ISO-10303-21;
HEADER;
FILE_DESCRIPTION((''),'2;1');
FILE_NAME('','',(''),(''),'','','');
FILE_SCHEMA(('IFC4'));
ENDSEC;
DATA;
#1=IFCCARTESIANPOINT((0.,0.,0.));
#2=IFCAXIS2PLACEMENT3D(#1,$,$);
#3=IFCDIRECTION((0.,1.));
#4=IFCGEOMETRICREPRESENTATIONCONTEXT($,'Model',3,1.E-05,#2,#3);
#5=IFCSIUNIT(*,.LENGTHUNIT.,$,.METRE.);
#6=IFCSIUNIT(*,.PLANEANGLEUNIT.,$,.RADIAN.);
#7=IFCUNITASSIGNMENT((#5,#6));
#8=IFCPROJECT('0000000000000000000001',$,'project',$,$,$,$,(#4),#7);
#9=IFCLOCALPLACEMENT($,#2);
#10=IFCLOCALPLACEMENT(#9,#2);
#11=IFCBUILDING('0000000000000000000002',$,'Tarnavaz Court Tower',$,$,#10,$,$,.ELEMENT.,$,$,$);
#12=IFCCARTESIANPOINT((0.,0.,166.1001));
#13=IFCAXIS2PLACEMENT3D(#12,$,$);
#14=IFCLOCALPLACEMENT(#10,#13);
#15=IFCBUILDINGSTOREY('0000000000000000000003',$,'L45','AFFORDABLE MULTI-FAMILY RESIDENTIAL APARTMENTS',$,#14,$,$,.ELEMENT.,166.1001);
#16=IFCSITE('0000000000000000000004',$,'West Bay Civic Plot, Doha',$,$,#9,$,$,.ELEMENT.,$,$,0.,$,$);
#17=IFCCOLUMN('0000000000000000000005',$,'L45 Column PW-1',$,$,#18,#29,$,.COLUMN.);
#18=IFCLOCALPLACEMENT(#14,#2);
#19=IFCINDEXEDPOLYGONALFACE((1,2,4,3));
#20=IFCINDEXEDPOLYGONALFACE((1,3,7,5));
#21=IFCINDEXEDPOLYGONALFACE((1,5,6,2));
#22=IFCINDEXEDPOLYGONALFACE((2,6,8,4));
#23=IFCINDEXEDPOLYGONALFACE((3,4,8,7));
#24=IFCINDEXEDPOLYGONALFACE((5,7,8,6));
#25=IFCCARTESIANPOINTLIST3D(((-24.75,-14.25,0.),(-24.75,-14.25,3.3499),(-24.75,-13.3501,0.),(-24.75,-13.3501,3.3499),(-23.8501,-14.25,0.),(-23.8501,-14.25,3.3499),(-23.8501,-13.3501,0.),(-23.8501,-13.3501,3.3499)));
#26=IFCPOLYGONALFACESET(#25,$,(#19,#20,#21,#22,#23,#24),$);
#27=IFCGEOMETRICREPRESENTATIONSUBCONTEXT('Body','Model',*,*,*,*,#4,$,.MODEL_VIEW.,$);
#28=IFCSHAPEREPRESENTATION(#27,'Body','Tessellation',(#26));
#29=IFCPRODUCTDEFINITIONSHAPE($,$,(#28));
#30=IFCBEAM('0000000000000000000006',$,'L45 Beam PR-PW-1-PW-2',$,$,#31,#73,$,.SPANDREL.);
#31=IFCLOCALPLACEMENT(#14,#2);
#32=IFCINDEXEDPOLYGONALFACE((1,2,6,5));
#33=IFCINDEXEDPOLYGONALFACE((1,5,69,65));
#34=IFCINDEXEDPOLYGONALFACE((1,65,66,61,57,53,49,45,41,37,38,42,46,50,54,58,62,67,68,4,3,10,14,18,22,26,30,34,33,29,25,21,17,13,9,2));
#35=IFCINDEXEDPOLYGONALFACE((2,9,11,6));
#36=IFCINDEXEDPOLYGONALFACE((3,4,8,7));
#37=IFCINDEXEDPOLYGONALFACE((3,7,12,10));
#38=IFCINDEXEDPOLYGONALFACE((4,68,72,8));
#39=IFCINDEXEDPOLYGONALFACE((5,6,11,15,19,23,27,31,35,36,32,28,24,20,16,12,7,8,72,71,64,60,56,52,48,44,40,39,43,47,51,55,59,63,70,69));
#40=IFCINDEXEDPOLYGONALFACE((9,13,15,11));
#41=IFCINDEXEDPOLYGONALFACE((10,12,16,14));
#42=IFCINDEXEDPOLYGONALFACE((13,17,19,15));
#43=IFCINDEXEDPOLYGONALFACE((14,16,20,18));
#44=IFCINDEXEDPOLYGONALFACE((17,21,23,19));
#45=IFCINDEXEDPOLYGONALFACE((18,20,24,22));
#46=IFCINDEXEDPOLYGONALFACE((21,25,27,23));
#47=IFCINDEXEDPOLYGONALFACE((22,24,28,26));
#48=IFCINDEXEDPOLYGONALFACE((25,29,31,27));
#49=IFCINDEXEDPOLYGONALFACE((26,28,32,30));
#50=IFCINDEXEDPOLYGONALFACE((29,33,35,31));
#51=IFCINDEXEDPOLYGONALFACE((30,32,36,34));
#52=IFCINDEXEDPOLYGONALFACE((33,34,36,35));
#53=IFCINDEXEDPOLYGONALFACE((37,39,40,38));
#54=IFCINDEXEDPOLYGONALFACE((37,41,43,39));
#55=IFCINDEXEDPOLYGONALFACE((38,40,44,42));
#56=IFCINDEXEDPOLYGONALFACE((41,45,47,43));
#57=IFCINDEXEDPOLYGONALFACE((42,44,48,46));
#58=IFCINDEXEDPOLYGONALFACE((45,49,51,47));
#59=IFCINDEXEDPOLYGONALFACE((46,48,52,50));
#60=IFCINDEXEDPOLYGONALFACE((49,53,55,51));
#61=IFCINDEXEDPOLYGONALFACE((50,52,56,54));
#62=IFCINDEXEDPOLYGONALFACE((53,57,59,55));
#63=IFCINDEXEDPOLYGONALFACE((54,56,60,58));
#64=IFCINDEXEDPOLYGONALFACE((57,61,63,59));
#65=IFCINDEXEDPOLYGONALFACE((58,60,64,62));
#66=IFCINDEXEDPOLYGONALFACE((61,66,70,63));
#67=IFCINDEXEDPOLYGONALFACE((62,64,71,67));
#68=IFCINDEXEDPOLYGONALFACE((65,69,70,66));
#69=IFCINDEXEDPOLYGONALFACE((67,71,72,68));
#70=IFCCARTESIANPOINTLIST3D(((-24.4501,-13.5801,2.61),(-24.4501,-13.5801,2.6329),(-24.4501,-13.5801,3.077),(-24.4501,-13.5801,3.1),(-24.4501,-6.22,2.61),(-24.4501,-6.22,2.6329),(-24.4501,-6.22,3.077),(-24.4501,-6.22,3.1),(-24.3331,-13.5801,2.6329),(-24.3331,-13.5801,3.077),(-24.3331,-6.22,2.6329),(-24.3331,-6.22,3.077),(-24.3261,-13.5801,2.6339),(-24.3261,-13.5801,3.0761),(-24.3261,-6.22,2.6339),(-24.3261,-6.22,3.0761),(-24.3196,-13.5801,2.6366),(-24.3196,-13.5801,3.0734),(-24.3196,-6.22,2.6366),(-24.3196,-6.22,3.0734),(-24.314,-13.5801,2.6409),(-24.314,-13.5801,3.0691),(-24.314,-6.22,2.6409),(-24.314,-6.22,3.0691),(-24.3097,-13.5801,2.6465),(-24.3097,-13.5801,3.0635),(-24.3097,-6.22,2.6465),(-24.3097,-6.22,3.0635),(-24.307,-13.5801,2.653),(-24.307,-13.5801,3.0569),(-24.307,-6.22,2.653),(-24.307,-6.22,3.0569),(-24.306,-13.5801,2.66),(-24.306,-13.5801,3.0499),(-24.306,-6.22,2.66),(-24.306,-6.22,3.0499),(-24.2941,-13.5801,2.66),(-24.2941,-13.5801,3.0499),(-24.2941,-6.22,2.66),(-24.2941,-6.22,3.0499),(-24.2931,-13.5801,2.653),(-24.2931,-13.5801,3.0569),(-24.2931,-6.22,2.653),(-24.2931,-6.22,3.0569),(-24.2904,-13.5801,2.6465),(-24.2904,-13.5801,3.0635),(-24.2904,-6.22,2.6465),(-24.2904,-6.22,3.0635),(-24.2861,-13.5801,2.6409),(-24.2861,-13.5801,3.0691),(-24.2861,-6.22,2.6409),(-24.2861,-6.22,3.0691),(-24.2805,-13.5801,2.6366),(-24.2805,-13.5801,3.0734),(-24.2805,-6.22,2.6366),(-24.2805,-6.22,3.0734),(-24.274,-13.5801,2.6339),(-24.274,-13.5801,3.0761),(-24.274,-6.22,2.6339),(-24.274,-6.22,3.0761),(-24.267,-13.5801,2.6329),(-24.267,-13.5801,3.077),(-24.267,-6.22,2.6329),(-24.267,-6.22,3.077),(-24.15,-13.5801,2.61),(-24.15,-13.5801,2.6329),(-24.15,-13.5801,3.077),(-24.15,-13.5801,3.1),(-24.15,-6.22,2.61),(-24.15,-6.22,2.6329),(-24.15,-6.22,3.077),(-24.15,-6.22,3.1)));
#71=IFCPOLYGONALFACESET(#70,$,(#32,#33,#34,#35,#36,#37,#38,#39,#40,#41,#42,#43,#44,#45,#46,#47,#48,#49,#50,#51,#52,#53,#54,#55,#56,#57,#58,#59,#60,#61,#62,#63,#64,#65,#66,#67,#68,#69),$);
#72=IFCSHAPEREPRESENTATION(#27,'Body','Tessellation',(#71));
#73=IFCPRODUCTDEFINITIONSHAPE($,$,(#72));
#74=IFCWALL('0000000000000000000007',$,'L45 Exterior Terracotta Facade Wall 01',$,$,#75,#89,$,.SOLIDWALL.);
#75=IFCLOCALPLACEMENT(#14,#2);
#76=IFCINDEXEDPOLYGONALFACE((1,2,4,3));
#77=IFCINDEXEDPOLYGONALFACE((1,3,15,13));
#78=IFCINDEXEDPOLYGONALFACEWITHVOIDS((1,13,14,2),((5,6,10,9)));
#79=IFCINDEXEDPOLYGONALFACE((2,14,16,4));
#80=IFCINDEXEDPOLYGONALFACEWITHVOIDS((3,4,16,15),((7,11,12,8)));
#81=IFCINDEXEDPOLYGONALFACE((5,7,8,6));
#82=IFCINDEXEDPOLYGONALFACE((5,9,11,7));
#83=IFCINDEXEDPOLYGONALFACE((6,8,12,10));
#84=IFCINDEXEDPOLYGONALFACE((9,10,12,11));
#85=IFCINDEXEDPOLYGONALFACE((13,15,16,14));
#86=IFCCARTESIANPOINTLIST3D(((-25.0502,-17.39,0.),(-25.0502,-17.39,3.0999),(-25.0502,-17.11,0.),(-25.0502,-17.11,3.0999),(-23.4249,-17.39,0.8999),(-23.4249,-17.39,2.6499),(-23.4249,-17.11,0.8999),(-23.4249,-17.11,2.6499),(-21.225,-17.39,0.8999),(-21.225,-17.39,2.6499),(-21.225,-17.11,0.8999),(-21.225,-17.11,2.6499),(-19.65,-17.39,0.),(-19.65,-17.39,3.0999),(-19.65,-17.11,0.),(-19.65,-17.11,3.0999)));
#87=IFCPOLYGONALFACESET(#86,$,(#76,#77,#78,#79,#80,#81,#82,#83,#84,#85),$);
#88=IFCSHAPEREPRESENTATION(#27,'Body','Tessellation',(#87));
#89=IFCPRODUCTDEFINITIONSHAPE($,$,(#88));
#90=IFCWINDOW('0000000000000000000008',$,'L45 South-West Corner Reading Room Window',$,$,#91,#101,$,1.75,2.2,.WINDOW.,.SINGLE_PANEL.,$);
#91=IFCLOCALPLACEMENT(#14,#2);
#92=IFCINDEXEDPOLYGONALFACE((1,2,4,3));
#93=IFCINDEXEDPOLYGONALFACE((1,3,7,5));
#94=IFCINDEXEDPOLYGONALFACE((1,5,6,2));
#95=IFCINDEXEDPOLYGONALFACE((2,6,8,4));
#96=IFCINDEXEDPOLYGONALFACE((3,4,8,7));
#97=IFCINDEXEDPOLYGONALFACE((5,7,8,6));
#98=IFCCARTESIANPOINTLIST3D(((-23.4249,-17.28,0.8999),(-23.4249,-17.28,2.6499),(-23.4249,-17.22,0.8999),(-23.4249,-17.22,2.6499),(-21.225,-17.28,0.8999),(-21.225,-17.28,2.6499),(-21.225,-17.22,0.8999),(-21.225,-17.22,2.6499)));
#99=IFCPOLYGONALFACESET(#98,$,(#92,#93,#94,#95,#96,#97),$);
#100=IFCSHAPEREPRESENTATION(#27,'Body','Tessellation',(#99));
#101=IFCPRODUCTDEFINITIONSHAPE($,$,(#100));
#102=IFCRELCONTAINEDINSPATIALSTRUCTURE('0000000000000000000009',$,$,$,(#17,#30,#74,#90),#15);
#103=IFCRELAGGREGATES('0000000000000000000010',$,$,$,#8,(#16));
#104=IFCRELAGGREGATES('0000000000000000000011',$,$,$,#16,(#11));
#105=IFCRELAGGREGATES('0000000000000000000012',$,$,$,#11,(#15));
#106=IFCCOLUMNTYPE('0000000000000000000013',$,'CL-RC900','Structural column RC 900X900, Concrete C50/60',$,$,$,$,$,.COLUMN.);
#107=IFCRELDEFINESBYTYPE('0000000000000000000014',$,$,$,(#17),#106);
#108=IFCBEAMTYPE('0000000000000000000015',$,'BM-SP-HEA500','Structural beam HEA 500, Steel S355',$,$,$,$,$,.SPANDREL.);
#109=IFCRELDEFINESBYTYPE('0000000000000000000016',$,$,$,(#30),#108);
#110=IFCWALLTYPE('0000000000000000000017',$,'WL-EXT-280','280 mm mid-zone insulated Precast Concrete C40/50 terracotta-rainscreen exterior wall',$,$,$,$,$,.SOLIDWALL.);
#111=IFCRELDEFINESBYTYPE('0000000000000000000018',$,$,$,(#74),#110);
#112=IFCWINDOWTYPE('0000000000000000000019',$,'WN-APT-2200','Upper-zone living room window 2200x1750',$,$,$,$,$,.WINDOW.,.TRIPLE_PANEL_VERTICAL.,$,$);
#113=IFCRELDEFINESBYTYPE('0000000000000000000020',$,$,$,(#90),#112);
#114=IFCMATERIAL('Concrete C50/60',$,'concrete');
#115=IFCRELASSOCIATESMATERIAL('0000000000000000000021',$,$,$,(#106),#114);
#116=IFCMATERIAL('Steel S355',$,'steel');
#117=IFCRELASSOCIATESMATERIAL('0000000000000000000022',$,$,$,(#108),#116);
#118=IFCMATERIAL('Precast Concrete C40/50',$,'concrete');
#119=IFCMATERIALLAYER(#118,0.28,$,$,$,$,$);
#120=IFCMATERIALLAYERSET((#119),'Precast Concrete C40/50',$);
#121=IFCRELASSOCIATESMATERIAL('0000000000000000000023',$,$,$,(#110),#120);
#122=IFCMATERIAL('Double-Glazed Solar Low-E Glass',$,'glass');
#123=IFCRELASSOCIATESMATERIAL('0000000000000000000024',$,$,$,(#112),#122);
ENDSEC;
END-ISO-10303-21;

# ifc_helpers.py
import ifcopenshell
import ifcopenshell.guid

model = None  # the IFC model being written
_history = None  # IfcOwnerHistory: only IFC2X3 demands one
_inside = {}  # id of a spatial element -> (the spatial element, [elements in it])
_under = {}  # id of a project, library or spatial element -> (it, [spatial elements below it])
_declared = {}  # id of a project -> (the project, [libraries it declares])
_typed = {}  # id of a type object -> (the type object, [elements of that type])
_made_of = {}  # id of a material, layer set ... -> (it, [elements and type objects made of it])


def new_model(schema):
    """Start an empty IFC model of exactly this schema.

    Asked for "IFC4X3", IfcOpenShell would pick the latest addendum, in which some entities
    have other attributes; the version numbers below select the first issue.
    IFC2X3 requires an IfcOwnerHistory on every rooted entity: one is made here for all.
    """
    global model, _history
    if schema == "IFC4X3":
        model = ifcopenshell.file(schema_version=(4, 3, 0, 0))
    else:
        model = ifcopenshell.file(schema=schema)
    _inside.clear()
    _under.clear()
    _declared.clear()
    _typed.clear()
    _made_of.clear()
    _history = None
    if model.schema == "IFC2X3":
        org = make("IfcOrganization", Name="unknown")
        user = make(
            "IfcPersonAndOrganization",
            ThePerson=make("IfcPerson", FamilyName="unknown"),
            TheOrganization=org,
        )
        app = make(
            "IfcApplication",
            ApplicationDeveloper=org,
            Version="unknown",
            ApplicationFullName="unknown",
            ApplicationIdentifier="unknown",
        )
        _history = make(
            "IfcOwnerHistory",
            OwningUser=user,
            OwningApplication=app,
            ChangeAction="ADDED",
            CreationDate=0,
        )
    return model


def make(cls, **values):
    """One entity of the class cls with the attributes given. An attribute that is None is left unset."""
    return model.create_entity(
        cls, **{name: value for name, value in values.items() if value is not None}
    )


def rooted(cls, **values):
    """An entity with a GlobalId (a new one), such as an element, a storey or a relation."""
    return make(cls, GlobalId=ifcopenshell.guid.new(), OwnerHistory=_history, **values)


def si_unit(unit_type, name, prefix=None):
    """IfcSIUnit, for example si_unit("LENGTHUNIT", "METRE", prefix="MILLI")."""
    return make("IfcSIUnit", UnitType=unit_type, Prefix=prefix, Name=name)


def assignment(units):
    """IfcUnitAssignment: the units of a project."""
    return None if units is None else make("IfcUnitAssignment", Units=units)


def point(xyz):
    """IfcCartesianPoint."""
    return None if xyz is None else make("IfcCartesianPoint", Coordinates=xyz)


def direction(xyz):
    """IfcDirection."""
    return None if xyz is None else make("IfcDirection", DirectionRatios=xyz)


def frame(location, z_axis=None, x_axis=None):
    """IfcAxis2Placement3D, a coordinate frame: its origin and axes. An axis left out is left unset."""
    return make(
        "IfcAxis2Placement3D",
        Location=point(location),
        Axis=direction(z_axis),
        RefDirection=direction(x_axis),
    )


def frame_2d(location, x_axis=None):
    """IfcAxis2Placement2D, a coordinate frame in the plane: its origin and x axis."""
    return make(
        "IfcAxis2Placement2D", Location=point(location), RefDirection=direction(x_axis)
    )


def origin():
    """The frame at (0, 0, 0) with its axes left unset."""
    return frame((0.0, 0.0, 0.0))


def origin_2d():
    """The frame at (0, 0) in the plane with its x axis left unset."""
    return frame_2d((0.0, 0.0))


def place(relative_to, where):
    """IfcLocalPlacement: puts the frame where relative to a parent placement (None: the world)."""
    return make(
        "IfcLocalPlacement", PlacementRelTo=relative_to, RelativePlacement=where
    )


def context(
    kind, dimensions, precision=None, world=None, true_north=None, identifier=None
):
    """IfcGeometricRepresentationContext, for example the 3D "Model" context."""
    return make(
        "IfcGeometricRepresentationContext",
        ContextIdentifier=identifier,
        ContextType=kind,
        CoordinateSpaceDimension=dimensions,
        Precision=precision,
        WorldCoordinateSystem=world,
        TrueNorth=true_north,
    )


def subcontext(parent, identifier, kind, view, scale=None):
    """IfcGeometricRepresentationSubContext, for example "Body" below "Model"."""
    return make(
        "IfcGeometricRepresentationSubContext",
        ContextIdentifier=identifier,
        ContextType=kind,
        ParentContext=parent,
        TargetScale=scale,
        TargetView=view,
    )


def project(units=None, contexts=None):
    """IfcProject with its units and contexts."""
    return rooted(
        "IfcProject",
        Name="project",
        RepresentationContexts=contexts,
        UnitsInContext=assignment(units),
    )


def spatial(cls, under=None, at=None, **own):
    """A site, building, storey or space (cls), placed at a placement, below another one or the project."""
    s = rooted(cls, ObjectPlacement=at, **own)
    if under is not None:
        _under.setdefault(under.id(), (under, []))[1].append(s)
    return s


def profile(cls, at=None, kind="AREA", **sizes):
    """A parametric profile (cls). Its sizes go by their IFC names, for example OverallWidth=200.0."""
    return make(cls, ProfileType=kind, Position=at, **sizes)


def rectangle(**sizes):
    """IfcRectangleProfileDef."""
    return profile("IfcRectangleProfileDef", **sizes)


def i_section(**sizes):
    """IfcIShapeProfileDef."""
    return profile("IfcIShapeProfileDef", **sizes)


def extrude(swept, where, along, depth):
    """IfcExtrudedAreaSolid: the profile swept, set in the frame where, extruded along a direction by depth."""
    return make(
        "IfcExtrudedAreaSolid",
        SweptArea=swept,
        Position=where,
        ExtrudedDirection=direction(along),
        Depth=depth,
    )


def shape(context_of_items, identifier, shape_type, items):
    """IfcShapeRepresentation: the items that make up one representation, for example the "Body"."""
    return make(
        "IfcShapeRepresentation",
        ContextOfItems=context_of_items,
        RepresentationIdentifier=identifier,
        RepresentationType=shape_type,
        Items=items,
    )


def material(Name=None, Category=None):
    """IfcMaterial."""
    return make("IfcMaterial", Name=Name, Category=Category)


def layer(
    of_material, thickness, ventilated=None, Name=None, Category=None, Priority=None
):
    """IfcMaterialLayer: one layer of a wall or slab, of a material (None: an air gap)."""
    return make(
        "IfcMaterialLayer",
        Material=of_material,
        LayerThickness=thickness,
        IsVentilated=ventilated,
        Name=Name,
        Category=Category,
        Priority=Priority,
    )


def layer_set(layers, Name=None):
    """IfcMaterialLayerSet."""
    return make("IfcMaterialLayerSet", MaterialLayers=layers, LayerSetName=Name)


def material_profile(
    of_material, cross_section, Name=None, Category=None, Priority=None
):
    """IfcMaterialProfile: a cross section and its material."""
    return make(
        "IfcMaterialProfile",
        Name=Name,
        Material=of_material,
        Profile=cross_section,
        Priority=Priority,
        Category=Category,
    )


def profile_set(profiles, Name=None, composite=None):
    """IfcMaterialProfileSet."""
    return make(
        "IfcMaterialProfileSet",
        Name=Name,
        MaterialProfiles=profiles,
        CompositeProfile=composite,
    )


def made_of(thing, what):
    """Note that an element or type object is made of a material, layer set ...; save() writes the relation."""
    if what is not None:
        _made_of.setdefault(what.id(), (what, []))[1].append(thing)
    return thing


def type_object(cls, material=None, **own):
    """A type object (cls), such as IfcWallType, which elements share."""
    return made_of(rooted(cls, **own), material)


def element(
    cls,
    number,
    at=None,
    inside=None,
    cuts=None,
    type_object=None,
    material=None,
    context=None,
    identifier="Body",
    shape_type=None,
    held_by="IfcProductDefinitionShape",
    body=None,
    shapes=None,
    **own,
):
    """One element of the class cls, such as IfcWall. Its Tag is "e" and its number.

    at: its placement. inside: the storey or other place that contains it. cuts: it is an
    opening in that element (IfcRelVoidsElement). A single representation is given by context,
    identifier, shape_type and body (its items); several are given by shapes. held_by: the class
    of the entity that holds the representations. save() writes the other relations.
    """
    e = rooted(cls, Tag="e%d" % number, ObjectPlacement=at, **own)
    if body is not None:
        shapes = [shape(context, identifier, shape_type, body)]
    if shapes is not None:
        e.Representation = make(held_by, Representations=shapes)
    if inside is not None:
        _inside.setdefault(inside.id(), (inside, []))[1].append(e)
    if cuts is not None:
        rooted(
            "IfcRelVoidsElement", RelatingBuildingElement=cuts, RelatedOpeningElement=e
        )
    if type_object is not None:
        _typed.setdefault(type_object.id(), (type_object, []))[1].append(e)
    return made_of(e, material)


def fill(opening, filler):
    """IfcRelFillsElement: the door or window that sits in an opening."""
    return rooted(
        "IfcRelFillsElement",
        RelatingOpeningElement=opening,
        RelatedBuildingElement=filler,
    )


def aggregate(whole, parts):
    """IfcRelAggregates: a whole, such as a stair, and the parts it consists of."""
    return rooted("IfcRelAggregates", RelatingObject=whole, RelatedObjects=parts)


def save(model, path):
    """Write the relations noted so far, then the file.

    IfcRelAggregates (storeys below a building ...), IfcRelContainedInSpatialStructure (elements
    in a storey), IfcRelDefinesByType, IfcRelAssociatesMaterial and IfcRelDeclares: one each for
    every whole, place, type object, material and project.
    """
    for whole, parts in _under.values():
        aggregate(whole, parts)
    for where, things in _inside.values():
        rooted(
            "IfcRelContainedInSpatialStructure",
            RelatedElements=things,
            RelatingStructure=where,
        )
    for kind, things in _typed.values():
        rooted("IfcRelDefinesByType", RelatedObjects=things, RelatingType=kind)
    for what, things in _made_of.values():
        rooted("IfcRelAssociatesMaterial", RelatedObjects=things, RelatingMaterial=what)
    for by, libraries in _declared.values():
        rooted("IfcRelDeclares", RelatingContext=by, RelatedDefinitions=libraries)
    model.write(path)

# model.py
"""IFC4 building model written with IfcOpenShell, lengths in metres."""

from ifc_helpers import new_model, si_unit, direction, frame, frame_2d, origin, origin_2d, place, context, subcontext, project, spatial, rectangle, i_section, extrude, material, layer, layer_set, material_profile, profile_set, type_object, element, fill, save


model = new_model("IFC4")

# Units and contexts
model_context = context("Model", 3, precision=1e-05, world=origin(), true_north=direction((0.0, 1.0)))
body_context = subcontext(model_context, "Body", "Model", "MODEL_VIEW")
ifc_project = project(units=[si_unit("LENGTHUNIT", "METRE"), si_unit("PLANEANGLEUNIT", "RADIAN")], contexts=[model_context])

# Site, building, storey
site_placement = place(None, origin())
site = spatial("IfcSite", under=ifc_project, at=site_placement, Name="West Bay Civic Plot, Doha", CompositionType="ELEMENT", RefElevation=0.0)
building_placement = place(site_placement, origin())
building = spatial("IfcBuilding", under=site, at=building_placement, Name="Tarnavaz Court Tower", CompositionType="ELEMENT")
storey_placement = place(building_placement, frame((0.0, 0.0, 166.1001)))
storey = spatial("IfcBuildingStorey", under=building, at=storey_placement, Name="L45", Description="AFFORDABLE MULTI-FAMILY RESIDENTIAL APARTMENTS", CompositionType="ELEMENT", Elevation=166.1001)

# Column
ifc_material_1 = material(Name="Concrete C50/60", Category="concrete")
ifc_material_profile_1 = material_profile(ifc_material_1, rectangle(XDim=0.8999, YDim=0.8999, at=origin_2d()), Name="RC 900X900")
ifc_profile_set_1 = profile_set([ifc_material_profile_1], Name="Concrete C50/60")
column_type = type_object("IfcColumnType", Name="CL-RC900", Description="Structural column RC 900X900, Concrete C50/60", PredefinedType="COLUMN", material=ifc_profile_set_1)
column_placement = place(storey_placement, frame((-24.3, -13.8, 0.0), z_axis=(0.0, 0.0, 1.0), x_axis=(1.0, 0.0, 0.0)))
element("IfcColumn", 1, at=column_placement, inside=storey, type_object=column_type, Name="L45 Column PW-1", PredefinedType="COLUMN", context=body_context, shape_type="SweptSolid", body=[
    extrude(rectangle(XDim=0.8999, YDim=0.8999, at=origin_2d()), origin(), (0.0, 0.0, 1.0), 3.3499),
])

# Beam
ifc_material_2 = material(Name="Steel S355", Category="steel")
ifc_material_profile_2 = material_profile(ifc_material_2, i_section(OverallWidth=0.3, OverallDepth=0.49, WebThickness=0.012, FlangeThickness=0.0229, FilletRadius=0.0271, at=origin_2d()), Name="HEA 500")
ifc_profile_set_2 = profile_set([ifc_material_profile_2], Name="Steel S355")
beam_type = type_object("IfcBeamType", Name="BM-SP-HEA500", Description="Structural beam HEA 500, Steel S355", PredefinedType="SPANDREL", material=ifc_profile_set_2)
beam_placement = place(storey_placement, frame((-24.3, -13.5801, 2.855), z_axis=(0.0, 1.0, 0.0), x_axis=(-1.0, 0.0, 0.0)))
element("IfcBeam", 2, at=beam_placement, inside=storey, type_object=beam_type, Name="L45 Beam PR-PW-1-PW-2", PredefinedType="SPANDREL", context=body_context, shape_type="SweptSolid", body=[
    extrude(i_section(OverallWidth=0.3, OverallDepth=0.49, WebThickness=0.012, FlangeThickness=0.0229, FilletRadius=0.0271, at=origin_2d()), origin(), (0.0, 0.0, 1.0), 7.3601),
])

# Wall, opening, window
ifc_material_3 = material(Name="Precast Concrete C40/50", Category="concrete")
ifc_layer_1 = layer(ifc_material_3, 0.28)
ifc_layer_set_1 = layer_set([ifc_layer_1], Name="Precast Concrete C40/50")
wall_type_1 = type_object("IfcWallType", Name="WL-EXT-280", Description="280 mm mid-zone insulated Precast Concrete C40/50 terracotta-rainscreen exterior wall", PredefinedType="SOLIDWALL", material=ifc_layer_set_1)
wall_1_placement = place(storey_placement, frame((-19.6499, -17.25, 0.0), z_axis=(0.0, 0.0, 1.0), x_axis=(-1.0, 0.0, 0.0)))
wall_1 = element("IfcWall", 3, at=wall_1_placement, inside=storey, type_object=wall_type_1, Name="L45 Exterior Terracotta Facade Wall 01", PredefinedType="SOLIDWALL", context=body_context, shape_type="SweptSolid", body=[
    extrude(rectangle(XDim=5.4001, YDim=0.28, at=frame_2d((2.7002, 0.0))), origin(), (0.0, 0.0, 1.0), 3.0999),
])
opening_1_placement = place(wall_1_placement, frame((1.575, 0.0, 0.8999)))
opening_1 = element("IfcOpeningElement", 4, at=opening_1_placement, cuts=wall_1, PredefinedType="OPENING", context=body_context, shape_type="SweptSolid", body=[
    extrude(rectangle(XDim=2.2, YDim=1.75, at=frame_2d((1.1001, 0.875))), frame((0.0, 0.1499, 0.0), z_axis=(0.0, -1.0, 0.0), x_axis=(1.0, 0.0, 0.0)), (0.0, 0.0, 1.0), 0.3),
])
ifc_material_4 = material(Name="Double-Glazed Solar Low-E Glass", Category="glass")
window_type_1 = type_object("IfcWindowType", Name="WN-APT-2200", Description="Upper-zone living room window 2200x1750", PartitioningType="TRIPLE_PANEL_VERTICAL", PredefinedType="WINDOW", material=ifc_material_4)
window_1_placement = place(opening_1_placement, origin())
window_1 = element("IfcWindow", 5, at=window_1_placement, inside=storey, type_object=window_type_1, Name="L45 South-West Corner Reading Room Window", OverallHeight=1.75, OverallWidth=2.2, PartitioningType="SINGLE_PANEL", PredefinedType="WINDOW", context=body_context, shape_type="SweptSolid", body=[
    extrude(rectangle(XDim=2.2, YDim=1.75, at=frame_2d((1.1001, 0.875))), frame((0.0, 0.03, 0.0), z_axis=(0.0, -1.0, 0.0), x_axis=(1.0, 0.0, 0.0)), (0.0, 0.0, 1.0), 0.0601),
])
fill(opening_1, window_1)

save(model, "model.ifc")
